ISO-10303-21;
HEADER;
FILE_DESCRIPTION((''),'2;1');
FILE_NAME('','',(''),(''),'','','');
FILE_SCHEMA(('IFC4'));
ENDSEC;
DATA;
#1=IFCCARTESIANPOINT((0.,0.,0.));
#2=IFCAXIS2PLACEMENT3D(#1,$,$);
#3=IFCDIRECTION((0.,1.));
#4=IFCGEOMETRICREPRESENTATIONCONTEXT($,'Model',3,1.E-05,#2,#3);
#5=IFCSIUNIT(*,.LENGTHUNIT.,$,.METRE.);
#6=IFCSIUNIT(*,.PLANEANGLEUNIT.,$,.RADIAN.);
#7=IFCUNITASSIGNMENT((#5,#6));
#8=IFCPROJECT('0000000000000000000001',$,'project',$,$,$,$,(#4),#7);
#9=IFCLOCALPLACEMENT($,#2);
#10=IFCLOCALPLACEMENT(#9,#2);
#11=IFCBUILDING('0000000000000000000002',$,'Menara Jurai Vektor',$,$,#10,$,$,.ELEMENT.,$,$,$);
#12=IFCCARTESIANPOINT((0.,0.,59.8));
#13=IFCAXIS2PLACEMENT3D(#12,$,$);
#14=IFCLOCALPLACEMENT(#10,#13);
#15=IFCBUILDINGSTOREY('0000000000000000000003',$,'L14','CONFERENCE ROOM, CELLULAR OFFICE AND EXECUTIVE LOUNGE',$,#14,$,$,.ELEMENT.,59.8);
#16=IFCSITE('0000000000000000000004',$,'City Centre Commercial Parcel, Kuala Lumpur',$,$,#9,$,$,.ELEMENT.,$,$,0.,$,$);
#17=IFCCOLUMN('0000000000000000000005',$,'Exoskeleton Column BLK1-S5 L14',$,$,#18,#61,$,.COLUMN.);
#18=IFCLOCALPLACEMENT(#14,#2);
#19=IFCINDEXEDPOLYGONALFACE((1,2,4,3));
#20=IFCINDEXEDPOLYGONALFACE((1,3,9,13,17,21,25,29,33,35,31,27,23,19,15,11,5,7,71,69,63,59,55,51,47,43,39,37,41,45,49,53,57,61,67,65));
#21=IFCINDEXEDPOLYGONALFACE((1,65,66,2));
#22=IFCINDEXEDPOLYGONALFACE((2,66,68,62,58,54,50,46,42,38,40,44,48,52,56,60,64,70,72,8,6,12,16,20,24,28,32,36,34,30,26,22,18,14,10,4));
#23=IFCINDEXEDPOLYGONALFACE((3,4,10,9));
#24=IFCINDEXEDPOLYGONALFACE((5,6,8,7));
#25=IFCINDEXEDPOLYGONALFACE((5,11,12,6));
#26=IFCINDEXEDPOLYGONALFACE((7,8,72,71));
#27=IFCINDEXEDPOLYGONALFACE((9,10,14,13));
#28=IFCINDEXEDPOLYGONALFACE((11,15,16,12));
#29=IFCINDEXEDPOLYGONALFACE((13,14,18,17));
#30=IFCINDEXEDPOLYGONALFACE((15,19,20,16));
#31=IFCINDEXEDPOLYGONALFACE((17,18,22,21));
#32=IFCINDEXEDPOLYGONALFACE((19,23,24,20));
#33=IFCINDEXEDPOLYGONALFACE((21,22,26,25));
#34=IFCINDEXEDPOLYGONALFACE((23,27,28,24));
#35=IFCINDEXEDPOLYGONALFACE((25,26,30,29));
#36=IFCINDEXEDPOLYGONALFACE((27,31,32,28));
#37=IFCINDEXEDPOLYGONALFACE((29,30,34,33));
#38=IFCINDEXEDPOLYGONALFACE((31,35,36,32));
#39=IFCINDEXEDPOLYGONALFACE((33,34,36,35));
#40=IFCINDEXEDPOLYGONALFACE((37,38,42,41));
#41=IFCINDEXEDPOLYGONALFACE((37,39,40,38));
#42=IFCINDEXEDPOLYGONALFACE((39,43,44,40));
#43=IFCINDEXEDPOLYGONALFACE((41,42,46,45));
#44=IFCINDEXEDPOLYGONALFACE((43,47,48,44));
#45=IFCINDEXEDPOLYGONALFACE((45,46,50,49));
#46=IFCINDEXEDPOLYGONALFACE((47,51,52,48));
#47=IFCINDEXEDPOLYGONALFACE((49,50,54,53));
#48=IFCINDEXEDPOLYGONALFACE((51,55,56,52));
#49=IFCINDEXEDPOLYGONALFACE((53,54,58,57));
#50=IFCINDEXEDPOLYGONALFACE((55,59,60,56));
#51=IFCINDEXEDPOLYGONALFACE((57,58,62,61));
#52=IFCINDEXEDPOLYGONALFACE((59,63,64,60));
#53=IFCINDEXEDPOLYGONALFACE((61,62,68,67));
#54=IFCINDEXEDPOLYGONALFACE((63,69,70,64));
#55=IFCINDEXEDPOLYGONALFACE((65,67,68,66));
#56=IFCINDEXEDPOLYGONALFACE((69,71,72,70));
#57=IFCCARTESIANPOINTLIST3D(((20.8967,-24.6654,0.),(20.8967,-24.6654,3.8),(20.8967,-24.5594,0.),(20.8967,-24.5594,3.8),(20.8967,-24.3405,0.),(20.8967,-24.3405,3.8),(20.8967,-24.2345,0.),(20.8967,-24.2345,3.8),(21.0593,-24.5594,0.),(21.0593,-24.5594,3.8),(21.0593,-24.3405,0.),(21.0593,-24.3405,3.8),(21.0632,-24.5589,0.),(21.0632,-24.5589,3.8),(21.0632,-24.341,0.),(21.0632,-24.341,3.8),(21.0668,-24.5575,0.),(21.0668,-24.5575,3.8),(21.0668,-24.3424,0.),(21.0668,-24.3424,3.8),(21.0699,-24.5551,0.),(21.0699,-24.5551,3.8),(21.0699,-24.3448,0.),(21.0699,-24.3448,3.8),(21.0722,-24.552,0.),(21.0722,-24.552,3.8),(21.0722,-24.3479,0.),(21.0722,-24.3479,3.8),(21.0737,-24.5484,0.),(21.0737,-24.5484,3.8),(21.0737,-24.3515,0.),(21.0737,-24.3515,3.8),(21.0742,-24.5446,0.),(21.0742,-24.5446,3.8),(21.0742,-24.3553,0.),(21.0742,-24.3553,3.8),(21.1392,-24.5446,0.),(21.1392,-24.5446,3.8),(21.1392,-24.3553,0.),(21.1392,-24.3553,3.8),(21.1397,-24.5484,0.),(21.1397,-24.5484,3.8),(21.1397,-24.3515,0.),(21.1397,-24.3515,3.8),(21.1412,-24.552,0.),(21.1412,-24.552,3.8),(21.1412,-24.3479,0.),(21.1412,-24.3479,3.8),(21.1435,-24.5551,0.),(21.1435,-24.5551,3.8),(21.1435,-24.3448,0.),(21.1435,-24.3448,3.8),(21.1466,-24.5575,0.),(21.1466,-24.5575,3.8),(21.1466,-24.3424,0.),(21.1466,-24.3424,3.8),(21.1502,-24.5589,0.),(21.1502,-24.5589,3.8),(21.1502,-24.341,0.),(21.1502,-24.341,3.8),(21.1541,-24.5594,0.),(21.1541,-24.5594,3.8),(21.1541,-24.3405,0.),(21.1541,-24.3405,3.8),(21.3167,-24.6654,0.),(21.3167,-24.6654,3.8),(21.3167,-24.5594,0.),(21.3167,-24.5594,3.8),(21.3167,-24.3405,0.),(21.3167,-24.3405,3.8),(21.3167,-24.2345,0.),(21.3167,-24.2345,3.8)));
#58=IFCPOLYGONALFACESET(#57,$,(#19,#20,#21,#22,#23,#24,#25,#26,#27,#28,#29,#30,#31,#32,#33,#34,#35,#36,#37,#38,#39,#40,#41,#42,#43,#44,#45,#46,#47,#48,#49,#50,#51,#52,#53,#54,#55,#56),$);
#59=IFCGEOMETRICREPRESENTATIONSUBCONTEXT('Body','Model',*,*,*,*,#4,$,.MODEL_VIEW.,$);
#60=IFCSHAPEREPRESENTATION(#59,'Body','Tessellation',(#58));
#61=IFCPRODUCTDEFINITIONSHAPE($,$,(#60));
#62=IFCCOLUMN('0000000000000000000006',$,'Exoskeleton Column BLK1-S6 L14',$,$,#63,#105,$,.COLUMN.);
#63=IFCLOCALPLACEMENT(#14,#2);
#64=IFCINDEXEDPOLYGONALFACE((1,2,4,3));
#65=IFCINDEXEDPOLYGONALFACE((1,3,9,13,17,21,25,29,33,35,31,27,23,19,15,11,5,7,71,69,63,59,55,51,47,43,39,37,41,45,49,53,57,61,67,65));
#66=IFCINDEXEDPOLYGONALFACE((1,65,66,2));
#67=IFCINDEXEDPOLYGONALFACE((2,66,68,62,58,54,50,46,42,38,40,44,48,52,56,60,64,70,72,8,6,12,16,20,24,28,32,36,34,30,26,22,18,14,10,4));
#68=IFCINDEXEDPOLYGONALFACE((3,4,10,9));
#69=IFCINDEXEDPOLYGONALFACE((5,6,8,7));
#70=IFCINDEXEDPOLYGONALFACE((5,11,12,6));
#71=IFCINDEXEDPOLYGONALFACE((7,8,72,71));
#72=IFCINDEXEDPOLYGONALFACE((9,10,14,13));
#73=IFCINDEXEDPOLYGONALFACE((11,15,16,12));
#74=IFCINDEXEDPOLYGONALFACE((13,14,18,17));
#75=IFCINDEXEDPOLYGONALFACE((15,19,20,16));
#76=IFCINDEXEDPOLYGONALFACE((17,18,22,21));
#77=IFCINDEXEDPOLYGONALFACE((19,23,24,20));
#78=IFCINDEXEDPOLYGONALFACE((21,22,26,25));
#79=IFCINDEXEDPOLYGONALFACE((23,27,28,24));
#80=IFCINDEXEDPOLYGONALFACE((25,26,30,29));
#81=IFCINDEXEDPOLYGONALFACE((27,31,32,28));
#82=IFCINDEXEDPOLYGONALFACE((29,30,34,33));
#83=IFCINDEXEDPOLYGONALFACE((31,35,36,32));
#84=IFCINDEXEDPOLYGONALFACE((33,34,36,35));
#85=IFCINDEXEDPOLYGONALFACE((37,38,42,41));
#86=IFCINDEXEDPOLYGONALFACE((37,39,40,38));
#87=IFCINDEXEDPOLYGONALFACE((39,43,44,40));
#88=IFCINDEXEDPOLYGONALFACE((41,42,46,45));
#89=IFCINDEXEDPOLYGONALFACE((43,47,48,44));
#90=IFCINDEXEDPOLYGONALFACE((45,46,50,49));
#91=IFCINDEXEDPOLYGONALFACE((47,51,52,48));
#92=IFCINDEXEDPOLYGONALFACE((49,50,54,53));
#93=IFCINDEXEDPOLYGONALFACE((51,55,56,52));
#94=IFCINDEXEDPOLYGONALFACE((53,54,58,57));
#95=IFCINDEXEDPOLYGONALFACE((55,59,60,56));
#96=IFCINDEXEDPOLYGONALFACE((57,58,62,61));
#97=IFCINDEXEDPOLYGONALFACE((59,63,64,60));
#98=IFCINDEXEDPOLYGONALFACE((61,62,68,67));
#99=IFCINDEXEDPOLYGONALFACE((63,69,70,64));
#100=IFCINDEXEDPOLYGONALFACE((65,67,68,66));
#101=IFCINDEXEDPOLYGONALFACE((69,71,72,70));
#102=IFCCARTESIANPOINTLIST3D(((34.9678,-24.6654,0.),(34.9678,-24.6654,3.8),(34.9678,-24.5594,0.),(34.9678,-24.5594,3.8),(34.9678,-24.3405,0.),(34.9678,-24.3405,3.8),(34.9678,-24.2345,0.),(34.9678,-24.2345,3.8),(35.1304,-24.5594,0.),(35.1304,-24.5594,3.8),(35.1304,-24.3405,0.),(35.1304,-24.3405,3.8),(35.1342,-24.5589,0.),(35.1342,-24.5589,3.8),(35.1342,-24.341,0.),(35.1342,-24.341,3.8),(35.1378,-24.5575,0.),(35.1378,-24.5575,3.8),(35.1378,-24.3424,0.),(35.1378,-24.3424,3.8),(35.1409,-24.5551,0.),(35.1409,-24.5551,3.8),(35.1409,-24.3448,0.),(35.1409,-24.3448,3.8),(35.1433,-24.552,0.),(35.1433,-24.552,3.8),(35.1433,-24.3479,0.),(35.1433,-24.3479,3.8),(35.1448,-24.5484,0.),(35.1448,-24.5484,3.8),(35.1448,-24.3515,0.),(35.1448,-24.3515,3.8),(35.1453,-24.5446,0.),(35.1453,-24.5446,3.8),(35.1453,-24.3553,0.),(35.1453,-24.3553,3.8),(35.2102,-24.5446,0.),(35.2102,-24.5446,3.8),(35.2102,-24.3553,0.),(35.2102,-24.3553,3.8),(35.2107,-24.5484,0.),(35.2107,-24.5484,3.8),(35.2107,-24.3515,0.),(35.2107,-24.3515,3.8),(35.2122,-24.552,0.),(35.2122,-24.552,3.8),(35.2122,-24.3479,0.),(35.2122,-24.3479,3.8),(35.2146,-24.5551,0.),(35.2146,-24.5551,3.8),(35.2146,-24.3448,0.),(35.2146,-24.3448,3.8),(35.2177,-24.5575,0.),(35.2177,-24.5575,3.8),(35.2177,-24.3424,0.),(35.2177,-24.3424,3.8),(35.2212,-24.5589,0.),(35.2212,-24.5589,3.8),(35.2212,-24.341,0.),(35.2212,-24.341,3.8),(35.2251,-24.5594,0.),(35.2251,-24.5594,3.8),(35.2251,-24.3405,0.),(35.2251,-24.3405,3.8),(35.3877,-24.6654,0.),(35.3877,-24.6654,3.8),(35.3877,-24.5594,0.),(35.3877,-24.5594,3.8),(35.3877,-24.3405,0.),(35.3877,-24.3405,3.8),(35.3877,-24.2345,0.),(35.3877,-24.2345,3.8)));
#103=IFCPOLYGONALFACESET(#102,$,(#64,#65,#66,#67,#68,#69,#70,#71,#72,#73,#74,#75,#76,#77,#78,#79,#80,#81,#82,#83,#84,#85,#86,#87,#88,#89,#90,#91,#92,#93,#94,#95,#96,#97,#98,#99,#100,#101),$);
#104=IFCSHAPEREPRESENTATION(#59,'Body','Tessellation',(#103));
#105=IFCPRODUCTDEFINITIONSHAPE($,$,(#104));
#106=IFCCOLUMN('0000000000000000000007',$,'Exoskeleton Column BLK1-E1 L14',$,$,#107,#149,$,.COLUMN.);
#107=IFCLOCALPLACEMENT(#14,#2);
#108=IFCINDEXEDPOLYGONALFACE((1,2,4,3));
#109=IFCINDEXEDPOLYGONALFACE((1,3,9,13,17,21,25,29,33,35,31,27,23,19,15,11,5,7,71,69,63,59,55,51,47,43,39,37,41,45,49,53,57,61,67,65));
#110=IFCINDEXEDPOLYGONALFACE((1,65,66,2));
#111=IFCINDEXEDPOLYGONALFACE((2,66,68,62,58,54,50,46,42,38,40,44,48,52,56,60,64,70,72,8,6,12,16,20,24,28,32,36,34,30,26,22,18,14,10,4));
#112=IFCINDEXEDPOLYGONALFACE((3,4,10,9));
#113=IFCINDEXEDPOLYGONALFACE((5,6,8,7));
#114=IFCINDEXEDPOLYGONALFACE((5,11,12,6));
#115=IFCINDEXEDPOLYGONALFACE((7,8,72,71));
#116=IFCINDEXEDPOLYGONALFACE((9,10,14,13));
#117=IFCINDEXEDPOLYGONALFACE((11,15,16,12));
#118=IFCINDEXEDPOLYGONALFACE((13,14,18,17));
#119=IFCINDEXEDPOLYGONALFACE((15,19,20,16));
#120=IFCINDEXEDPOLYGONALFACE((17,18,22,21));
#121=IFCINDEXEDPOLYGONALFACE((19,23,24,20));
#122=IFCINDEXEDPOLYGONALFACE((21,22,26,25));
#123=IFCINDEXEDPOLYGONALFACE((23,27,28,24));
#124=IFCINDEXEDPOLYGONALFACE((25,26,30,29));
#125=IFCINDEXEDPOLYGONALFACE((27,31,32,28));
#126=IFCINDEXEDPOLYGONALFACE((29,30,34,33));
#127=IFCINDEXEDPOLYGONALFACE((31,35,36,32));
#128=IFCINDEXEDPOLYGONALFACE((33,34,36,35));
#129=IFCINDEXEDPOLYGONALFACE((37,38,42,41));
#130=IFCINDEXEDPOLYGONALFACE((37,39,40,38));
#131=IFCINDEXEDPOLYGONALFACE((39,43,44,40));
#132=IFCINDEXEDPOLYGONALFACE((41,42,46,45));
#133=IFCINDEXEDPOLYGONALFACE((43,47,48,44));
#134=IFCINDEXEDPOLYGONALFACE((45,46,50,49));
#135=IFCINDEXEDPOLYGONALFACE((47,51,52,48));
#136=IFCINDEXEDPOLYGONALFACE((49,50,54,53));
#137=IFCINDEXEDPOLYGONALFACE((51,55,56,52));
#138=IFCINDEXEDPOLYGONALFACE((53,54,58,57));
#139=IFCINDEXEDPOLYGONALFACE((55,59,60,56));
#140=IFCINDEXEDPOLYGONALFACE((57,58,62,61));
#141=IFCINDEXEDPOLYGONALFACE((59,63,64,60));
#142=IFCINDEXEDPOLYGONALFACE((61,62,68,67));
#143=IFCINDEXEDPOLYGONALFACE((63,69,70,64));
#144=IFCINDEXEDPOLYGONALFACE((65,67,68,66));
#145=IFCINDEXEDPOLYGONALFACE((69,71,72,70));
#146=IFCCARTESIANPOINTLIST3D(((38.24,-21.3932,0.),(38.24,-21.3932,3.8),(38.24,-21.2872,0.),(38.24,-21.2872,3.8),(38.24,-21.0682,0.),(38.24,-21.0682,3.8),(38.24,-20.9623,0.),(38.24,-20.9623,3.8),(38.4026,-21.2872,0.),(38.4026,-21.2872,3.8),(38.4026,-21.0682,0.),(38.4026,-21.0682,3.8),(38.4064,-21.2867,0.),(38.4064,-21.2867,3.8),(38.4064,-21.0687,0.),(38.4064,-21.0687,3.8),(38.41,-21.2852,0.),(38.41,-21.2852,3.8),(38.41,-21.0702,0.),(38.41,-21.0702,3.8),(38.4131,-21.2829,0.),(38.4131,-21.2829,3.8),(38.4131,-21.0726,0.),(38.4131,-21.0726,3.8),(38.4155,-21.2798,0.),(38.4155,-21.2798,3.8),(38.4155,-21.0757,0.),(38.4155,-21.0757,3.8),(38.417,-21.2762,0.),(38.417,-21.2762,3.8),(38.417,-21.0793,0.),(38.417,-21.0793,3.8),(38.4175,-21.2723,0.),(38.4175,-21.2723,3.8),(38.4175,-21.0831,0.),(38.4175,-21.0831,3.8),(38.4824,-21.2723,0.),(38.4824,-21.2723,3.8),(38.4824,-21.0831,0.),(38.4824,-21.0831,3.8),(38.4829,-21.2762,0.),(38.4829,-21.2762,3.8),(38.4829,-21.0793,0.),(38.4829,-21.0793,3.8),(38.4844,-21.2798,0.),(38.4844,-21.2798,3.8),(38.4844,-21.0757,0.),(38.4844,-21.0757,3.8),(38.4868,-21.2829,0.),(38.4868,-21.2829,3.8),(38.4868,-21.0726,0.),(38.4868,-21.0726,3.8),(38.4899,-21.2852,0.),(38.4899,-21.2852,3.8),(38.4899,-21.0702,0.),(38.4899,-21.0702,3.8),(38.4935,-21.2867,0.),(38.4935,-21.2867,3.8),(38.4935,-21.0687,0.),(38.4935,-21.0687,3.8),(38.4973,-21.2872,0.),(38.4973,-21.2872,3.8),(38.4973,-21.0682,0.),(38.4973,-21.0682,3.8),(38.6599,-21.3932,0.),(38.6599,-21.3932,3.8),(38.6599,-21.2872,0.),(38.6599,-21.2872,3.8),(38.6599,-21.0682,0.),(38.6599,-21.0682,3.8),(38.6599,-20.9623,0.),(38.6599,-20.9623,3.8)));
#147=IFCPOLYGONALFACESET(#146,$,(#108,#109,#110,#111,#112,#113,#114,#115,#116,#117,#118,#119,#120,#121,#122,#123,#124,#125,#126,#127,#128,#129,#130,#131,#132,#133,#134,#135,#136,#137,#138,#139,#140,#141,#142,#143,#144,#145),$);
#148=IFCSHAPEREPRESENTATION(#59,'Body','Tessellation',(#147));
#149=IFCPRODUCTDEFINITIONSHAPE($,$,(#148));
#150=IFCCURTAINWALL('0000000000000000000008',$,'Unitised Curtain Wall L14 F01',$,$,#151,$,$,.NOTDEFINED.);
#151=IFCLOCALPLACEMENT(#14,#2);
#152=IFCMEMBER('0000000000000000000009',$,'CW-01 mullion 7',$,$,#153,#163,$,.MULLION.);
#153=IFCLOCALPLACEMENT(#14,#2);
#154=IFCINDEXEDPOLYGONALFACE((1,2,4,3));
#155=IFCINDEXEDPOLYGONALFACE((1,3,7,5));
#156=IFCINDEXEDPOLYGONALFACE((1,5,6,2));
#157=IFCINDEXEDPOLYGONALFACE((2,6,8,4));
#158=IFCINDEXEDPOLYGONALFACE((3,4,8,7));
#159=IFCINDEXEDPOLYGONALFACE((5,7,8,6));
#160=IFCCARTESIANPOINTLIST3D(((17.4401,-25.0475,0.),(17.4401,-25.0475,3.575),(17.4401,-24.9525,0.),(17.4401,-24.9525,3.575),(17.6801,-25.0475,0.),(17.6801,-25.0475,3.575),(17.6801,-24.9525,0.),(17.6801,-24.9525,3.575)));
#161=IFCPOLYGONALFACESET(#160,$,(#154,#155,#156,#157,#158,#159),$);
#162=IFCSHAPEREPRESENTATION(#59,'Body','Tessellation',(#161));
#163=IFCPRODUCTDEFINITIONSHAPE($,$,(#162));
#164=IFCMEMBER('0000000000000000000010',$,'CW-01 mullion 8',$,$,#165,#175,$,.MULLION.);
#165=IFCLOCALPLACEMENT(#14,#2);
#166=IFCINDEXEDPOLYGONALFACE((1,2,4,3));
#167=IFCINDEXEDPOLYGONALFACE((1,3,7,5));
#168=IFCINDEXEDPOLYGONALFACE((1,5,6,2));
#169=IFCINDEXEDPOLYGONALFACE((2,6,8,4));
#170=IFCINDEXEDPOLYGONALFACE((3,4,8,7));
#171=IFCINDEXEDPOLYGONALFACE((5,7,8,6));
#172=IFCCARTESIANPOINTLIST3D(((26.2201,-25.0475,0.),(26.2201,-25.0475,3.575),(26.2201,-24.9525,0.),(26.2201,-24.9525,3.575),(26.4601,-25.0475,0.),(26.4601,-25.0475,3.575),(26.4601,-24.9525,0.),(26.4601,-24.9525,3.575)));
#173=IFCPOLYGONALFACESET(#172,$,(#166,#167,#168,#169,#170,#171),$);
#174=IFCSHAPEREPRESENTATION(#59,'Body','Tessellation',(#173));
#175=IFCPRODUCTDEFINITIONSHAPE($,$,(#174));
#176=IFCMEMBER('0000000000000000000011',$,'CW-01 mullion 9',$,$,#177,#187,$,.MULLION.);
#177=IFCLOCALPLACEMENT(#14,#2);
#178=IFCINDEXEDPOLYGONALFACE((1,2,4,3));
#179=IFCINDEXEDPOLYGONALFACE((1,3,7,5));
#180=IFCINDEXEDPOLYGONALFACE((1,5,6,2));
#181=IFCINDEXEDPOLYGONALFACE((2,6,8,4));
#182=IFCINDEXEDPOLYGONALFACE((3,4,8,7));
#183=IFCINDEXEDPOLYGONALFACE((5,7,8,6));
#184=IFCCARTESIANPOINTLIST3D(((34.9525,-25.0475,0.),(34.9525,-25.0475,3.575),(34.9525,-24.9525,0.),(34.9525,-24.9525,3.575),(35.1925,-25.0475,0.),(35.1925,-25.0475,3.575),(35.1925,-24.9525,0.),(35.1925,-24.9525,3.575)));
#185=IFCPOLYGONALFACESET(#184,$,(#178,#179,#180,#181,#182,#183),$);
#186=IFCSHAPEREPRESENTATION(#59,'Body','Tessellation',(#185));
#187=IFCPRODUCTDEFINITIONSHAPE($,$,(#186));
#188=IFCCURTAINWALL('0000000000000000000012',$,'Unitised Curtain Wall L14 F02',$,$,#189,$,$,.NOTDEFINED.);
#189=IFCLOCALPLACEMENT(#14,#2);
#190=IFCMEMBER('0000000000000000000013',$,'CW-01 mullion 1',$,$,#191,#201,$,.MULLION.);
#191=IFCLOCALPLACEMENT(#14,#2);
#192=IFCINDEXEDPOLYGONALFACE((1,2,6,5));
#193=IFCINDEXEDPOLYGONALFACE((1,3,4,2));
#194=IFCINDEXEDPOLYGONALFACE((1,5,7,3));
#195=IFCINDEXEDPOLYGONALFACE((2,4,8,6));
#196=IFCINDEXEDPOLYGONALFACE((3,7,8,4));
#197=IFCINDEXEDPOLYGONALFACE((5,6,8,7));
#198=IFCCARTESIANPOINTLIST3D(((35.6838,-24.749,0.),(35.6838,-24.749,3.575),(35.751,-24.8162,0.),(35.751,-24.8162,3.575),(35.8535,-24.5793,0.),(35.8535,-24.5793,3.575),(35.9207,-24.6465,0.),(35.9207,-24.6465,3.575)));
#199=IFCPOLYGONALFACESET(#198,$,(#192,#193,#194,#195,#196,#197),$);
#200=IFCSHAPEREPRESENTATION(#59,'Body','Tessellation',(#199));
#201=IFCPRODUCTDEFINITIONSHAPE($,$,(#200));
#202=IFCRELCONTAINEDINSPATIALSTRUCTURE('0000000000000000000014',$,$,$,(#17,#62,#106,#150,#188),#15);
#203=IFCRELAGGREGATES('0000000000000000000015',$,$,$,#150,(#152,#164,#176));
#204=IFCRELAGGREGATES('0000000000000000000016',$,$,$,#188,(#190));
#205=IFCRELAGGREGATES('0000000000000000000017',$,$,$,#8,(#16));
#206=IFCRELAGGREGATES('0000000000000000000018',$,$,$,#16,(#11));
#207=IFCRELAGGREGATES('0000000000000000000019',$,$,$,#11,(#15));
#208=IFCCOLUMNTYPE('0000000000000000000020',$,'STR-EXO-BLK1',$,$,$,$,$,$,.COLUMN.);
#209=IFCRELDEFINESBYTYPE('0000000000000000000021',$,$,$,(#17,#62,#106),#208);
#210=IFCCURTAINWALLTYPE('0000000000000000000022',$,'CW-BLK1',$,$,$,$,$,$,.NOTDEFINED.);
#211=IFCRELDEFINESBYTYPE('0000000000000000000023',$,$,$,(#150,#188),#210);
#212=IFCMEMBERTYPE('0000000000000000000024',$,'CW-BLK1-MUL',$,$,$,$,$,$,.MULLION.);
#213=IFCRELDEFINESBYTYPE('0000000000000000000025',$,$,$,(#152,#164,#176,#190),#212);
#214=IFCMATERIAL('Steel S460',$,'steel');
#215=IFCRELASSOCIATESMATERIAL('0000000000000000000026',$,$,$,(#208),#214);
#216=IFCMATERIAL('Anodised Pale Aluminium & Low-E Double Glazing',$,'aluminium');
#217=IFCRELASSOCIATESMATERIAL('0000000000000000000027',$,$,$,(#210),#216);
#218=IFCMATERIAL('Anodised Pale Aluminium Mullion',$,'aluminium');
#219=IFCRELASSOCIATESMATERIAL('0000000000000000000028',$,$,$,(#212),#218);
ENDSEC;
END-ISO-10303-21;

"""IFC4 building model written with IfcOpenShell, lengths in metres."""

from ifc_helpers import new_model, si_unit, direction, frame, origin, origin_2d, place, context, subcontext, project, spatial, rectangle, i_section, extrude, material, material_profile, profile_set, type_object, element, aggregate, save


model = new_model("IFC4")

# Units and contexts
model_context = context("Model", 3, precision=1e-05, world=origin(), true_north=direction((0.0, 1.0)))
body_context = subcontext(model_context, "Body", "Model", "MODEL_VIEW")
ifc_project = project(units=[si_unit("LENGTHUNIT", "METRE"), si_unit("PLANEANGLEUNIT", "RADIAN")], contexts=[model_context])

# Site, building, storey
site_placement = place(None, origin())
site = spatial("IfcSite", under=ifc_project, at=site_placement, Name="City Centre Commercial Parcel, Kuala Lumpur", CompositionType="ELEMENT", RefElevation=0.0)
building_placement = place(site_placement, origin())
building = spatial("IfcBuilding", under=site, at=building_placement, Name="Menara Jurai Vektor", CompositionType="ELEMENT")
storey_placement = place(building_placement, frame((0.0, 0.0, 59.8)))
storey = spatial("IfcBuildingStorey", under=building, at=storey_placement, Name="L14", Description="CONFERENCE ROOM, CELLULAR OFFICE AND EXECUTIVE LOUNGE", CompositionType="ELEMENT", Elevation=59.8)

# Columns
ifc_material_1 = material(Name="Steel S460", Category="steel")
ifc_material_profile_1 = material_profile(ifc_material_1, i_section(OverallWidth=0.4199, OverallDepth=0.4309, WebThickness=0.0649, FlangeThickness=0.106, FilletRadius=0.0149, at=origin_2d()), Name="HD 400x900")
ifc_profile_set_1 = profile_set([ifc_material_profile_1], Name="Steel S460")
column_type = type_object("IfcColumnType", Name="STR-EXO-BLK1", PredefinedType="COLUMN", material=ifc_profile_set_1)
for number, where, z_axis, x_axis, name in (
    (1, (21.1067, -24.45, 0.0), (0.0, 0.0, 1.0), (1.0, 0.0, 0.0), "Exoskeleton Column BLK1-S5 L14"),
    (2, (35.1777, -24.45, 0.0), (0.0, 0.0, 1.0), (1.0, 0.0, 0.0), "Exoskeleton Column BLK1-S6 L14"),
    (3, (38.45, -21.1777, 0.0), (0.0, 0.0, 1.0), (1.0, 0.0, 0.0), "Exoskeleton Column BLK1-E1 L14"),
):
    element("IfcColumn", number, at=place(storey_placement, frame(where, z_axis=z_axis, x_axis=x_axis)), inside=storey, type_object=column_type, Name=name, PredefinedType="COLUMN", context=body_context, shape_type="SweptSolid", body=[
        extrude(i_section(OverallWidth=0.4199, OverallDepth=0.4309, WebThickness=0.0649, FlangeThickness=0.106, FilletRadius=0.0149, at=origin_2d()), origin(), (0.0, 0.0, 1.0), 3.8),
    ])

# Curtain walls, members
ifc_material_2 = material(Name="Anodised Pale Aluminium & Low-E Double Glazing", Category="aluminium")
curtain_wall_type = type_object("IfcCurtainWallType", Name="CW-BLK1", PredefinedType="NOTDEFINED", material=ifc_material_2)
curtain_wall_1_placement = place(storey_placement, origin())
curtain_wall_1 = element("IfcCurtainWall", 4, at=curtain_wall_1_placement, inside=storey, type_object=curtain_wall_type, Name="Unitised Curtain Wall L14 F01", PredefinedType="NOTDEFINED")
ifc_material_3 = material(Name="Anodised Pale Aluminium Mullion", Category="aluminium")
ifc_material_profile_2 = material_profile(ifc_material_3, rectangle(XDim=0.095, YDim=0.24, at=origin_2d()), Name="ALU MUL 95x240")
ifc_profile_set_2 = profile_set([ifc_material_profile_2], Name="Anodised Pale Aluminium Mullion")
member_type_1 = type_object("IfcMemberType", Name="CW-BLK1-MUL", PredefinedType="MULLION", material=ifc_profile_set_2)
member_1_placement = place(storey_placement, frame((17.5601, -25.0, 0.0), z_axis=(0.0, 0.0, 1.0), x_axis=(0.0, 1.0, 0.0)))
member_1 = element("IfcMember", 5, at=member_1_placement, type_object=member_type_1, Name="CW-01 mullion 7", PredefinedType="MULLION", context=body_context, shape_type="SweptSolid", body=[
    extrude(rectangle(XDim=0.095, YDim=0.24, at=origin_2d()), origin(), (0.0, 0.0, 1.0), 3.575),
])
member_2_placement = place(storey_placement, frame((26.3401, -25.0, 0.0), z_axis=(0.0, 0.0, 1.0), x_axis=(0.0, 1.0, 0.0)))
member_2 = element("IfcMember", 6, at=member_2_placement, type_object=member_type_1, Name="CW-01 mullion 8", PredefinedType="MULLION", context=body_context, shape_type="SweptSolid", body=[
    extrude(rectangle(XDim=0.095, YDim=0.24, at=origin_2d()), origin(), (0.0, 0.0, 1.0), 3.575),
])
member_3_placement = place(storey_placement, frame((35.0725, -25.0, 0.0), z_axis=(0.0, 0.0, 1.0), x_axis=(0.0, 1.0, 0.0)))
member_3 = element("IfcMember", 7, at=member_3_placement, type_object=member_type_1, Name="CW-01 mullion 9", PredefinedType="MULLION", context=body_context, shape_type="SweptSolid", body=[
    extrude(rectangle(XDim=0.095, YDim=0.24, at=origin_2d()), origin(), (0.0, 0.0, 1.0), 3.575),
])
curtain_wall_2_placement = place(storey_placement, origin())
curtain_wall_2 = element("IfcCurtainWall", 8, at=curtain_wall_2_placement, inside=storey, type_object=curtain_wall_type, Name="Unitised Curtain Wall L14 F02", PredefinedType="NOTDEFINED")
member_4_placement = place(storey_placement, frame((35.8022, -24.6978, 0.0), z_axis=(0.0, 0.0, 1.0), x_axis=(-0.707107, 0.707107, 0.0)))
member_4 = element("IfcMember", 9, at=member_4_placement, type_object=member_type_1, Name="CW-01 mullion 1", PredefinedType="MULLION", context=body_context, shape_type="SweptSolid", body=[
    extrude(rectangle(XDim=0.095, YDim=0.24, at=origin_2d()), origin(), (0.0, 0.0, 1.0), 3.575),
])

aggregate(curtain_wall_1, [member_1, member_2, member_3])
aggregate(curtain_wall_2, [member_4])

save(model, "model.ifc")
